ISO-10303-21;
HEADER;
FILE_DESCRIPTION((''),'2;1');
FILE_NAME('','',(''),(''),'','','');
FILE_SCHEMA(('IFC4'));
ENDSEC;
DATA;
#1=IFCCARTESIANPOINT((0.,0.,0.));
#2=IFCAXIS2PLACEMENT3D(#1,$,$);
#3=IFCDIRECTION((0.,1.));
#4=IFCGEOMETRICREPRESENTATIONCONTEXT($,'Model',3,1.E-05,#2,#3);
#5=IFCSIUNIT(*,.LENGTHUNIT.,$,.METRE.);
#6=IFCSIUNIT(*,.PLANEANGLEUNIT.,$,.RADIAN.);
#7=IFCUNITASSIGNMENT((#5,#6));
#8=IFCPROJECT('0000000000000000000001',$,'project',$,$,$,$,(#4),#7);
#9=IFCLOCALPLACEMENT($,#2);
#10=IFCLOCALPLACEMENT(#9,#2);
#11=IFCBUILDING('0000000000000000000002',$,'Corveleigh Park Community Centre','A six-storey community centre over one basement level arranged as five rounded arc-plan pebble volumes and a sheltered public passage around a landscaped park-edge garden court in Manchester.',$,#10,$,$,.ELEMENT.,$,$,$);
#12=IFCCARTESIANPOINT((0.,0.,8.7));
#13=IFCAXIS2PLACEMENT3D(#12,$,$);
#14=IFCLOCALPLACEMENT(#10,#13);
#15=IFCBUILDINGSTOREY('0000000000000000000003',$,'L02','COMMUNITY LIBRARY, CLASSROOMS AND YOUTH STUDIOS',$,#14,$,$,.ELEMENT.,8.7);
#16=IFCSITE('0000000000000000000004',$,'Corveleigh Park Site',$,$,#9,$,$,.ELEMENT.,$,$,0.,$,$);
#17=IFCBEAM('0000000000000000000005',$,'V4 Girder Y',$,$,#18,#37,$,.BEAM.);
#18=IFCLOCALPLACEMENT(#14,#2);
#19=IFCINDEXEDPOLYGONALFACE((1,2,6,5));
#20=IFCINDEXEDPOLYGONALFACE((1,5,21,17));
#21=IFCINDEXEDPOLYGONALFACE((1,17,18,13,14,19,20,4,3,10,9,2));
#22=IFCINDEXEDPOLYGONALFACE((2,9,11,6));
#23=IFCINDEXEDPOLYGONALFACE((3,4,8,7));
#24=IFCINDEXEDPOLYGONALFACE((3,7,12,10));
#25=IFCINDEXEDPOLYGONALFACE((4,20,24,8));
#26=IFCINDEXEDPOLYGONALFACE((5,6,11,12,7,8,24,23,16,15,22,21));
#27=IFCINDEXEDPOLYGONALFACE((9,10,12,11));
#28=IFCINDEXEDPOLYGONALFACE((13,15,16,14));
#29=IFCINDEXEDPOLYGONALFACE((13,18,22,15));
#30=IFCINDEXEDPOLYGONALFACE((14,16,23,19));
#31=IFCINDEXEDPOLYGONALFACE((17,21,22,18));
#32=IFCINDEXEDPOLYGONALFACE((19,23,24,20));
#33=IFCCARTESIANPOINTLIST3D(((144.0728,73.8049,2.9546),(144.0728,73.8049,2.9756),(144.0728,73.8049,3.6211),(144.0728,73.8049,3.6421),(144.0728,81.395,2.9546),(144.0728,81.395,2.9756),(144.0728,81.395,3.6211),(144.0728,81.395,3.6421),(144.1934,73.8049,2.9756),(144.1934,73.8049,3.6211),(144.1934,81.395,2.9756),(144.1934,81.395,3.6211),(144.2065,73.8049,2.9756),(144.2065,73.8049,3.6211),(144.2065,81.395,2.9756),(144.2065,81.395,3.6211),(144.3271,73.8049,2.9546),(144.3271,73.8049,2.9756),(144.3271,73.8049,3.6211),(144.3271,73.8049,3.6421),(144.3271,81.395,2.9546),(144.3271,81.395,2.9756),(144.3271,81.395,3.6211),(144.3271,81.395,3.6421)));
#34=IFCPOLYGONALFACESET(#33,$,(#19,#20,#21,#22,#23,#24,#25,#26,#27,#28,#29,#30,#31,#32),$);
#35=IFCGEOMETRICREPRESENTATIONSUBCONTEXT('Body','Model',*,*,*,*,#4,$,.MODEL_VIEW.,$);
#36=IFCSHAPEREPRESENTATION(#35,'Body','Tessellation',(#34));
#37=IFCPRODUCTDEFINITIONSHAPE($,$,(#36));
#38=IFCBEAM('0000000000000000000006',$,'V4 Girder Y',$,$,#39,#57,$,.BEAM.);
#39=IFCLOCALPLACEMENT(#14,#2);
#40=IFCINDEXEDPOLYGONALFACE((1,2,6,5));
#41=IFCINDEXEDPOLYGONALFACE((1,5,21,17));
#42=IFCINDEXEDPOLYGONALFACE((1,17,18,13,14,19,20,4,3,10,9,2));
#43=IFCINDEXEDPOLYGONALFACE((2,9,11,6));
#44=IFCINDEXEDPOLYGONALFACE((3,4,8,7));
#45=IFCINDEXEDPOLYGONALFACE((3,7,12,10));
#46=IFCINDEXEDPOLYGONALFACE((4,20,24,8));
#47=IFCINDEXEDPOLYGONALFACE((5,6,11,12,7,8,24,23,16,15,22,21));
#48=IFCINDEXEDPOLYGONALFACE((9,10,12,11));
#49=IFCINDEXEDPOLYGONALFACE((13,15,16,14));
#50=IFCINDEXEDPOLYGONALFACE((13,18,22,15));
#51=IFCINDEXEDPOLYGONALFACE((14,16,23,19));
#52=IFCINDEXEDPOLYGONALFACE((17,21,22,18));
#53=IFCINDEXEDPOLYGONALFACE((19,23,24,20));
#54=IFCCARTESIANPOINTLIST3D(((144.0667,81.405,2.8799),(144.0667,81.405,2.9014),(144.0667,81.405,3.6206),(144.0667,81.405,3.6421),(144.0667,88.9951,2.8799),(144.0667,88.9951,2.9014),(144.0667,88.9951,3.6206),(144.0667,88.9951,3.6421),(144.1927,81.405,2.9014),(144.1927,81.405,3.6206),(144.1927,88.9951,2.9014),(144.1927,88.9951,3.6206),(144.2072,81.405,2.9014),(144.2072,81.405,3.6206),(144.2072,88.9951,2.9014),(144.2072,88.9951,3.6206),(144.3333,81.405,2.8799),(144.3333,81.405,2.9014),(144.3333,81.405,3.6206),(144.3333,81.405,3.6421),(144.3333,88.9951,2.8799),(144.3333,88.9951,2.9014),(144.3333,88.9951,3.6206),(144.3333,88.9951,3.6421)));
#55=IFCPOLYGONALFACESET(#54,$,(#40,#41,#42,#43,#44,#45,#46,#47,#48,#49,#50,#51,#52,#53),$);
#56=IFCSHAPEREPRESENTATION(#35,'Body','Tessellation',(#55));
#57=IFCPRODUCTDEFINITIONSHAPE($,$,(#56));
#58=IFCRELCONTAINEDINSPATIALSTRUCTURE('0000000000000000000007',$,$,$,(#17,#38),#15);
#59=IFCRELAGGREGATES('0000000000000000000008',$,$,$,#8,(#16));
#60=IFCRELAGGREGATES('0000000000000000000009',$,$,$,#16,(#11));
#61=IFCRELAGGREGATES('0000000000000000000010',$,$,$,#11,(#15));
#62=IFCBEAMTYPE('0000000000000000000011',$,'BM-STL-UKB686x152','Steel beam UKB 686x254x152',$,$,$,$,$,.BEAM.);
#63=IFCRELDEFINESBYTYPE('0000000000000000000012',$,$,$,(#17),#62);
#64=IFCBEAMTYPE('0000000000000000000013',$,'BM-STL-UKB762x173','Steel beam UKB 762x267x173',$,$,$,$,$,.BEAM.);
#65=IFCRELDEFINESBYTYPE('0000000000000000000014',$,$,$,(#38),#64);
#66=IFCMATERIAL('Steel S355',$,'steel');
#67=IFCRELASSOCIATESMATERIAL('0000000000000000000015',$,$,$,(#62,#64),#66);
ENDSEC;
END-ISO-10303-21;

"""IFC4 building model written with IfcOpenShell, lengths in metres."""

from ifc_helpers import new_model, si_unit, direction, frame, origin, origin_2d, place, context, subcontext, project, spatial, i_section, extrude, material, material_profile, profile_set, type_object, element, save


model = new_model("IFC4")

# Units and contexts
model_context = context("Model", 3, precision=1e-05, world=origin(), true_north=direction((0.0, 1.0)))
body_context = subcontext(model_context, "Body", "Model", "MODEL_VIEW")
ifc_project = project(units=[si_unit("LENGTHUNIT", "METRE"), si_unit("PLANEANGLEUNIT", "RADIAN")], contexts=[model_context])

# Site, building, storey
site_placement = place(None, origin())
site = spatial("IfcSite", under=ifc_project, at=site_placement, Name="Corveleigh Park Site", CompositionType="ELEMENT", RefElevation=0.0)
building_placement = place(site_placement, origin())
building = spatial("IfcBuilding", under=site, at=building_placement, Name="Corveleigh Park Community Centre", Description="A six-storey community centre over one basement level arranged as five rounded arc-plan pebble volumes and a sheltered public passage around a landscaped park-edge garden court in Manchester.", CompositionType="ELEMENT")
storey_placement = place(building_placement, frame((0.0, 0.0, 8.7)))
storey = spatial("IfcBuildingStorey", under=building, at=storey_placement, Name="L02", Description="COMMUNITY LIBRARY, CLASSROOMS AND YOUTH STUDIOS", CompositionType="ELEMENT", Elevation=8.7)

# Shared definitions
ifc_material_1 = material(Name="Steel S355", Category="steel")

# Beams
ifc_material_profile_1 = material_profile(ifc_material_1, i_section(OverallWidth=0.2544, OverallDepth=0.6875, WebThickness=0.0132, FlangeThickness=0.021, at=origin_2d()), Name="UKB 686x254x152", Category="steel")
ifc_profile_set_1 = profile_set([ifc_material_profile_1], Name="Steel S355")
beam_type_1 = type_object("IfcBeamType", Name="BM-STL-UKB686x152", Description="Steel beam UKB 686x254x152", PredefinedType="BEAM", material=ifc_profile_set_1)
beam_1_placement = place(storey_placement, frame((144.2, 73.8049, 3.2983), z_axis=(0.0, 1.0, 0.0), x_axis=(-1.0, 0.0, 0.0)))
element("IfcBeam", 1, at=beam_1_placement, inside=storey, type_object=beam_type_1, Name="V4 Girder Y", PredefinedType="BEAM", context=body_context, shape_type="SweptSolid", body=[
    extrude(i_section(OverallWidth=0.2544, OverallDepth=0.6875, WebThickness=0.0132, FlangeThickness=0.021, at=origin_2d()), origin(), (0.0, 0.0, 1.0), 7.5901),
])
ifc_material_profile_2 = material_profile(ifc_material_1, i_section(OverallWidth=0.2666, OverallDepth=0.7622, WebThickness=0.0144, FlangeThickness=0.0215, at=origin_2d()), Name="UKB 762x267x173", Category="steel")
ifc_profile_set_2 = profile_set([ifc_material_profile_2], Name="Steel S355")
beam_type_2 = type_object("IfcBeamType", Name="BM-STL-UKB762x173", Description="Steel beam UKB 762x267x173", PredefinedType="BEAM", material=ifc_profile_set_2)
beam_2_placement = place(storey_placement, frame((144.2, 81.405, 3.261), z_axis=(0.0, 1.0, 0.0), x_axis=(-1.0, 0.0, 0.0)))
element("IfcBeam", 2, at=beam_2_placement, inside=storey, type_object=beam_type_2, Name="V4 Girder Y", PredefinedType="BEAM", context=body_context, shape_type="SweptSolid", body=[
    extrude(i_section(OverallWidth=0.2666, OverallDepth=0.7622, WebThickness=0.0144, FlangeThickness=0.0215, at=origin_2d()), origin(), (0.0, 0.0, 1.0), 7.5901),
])

save(model, "model.ifc")
